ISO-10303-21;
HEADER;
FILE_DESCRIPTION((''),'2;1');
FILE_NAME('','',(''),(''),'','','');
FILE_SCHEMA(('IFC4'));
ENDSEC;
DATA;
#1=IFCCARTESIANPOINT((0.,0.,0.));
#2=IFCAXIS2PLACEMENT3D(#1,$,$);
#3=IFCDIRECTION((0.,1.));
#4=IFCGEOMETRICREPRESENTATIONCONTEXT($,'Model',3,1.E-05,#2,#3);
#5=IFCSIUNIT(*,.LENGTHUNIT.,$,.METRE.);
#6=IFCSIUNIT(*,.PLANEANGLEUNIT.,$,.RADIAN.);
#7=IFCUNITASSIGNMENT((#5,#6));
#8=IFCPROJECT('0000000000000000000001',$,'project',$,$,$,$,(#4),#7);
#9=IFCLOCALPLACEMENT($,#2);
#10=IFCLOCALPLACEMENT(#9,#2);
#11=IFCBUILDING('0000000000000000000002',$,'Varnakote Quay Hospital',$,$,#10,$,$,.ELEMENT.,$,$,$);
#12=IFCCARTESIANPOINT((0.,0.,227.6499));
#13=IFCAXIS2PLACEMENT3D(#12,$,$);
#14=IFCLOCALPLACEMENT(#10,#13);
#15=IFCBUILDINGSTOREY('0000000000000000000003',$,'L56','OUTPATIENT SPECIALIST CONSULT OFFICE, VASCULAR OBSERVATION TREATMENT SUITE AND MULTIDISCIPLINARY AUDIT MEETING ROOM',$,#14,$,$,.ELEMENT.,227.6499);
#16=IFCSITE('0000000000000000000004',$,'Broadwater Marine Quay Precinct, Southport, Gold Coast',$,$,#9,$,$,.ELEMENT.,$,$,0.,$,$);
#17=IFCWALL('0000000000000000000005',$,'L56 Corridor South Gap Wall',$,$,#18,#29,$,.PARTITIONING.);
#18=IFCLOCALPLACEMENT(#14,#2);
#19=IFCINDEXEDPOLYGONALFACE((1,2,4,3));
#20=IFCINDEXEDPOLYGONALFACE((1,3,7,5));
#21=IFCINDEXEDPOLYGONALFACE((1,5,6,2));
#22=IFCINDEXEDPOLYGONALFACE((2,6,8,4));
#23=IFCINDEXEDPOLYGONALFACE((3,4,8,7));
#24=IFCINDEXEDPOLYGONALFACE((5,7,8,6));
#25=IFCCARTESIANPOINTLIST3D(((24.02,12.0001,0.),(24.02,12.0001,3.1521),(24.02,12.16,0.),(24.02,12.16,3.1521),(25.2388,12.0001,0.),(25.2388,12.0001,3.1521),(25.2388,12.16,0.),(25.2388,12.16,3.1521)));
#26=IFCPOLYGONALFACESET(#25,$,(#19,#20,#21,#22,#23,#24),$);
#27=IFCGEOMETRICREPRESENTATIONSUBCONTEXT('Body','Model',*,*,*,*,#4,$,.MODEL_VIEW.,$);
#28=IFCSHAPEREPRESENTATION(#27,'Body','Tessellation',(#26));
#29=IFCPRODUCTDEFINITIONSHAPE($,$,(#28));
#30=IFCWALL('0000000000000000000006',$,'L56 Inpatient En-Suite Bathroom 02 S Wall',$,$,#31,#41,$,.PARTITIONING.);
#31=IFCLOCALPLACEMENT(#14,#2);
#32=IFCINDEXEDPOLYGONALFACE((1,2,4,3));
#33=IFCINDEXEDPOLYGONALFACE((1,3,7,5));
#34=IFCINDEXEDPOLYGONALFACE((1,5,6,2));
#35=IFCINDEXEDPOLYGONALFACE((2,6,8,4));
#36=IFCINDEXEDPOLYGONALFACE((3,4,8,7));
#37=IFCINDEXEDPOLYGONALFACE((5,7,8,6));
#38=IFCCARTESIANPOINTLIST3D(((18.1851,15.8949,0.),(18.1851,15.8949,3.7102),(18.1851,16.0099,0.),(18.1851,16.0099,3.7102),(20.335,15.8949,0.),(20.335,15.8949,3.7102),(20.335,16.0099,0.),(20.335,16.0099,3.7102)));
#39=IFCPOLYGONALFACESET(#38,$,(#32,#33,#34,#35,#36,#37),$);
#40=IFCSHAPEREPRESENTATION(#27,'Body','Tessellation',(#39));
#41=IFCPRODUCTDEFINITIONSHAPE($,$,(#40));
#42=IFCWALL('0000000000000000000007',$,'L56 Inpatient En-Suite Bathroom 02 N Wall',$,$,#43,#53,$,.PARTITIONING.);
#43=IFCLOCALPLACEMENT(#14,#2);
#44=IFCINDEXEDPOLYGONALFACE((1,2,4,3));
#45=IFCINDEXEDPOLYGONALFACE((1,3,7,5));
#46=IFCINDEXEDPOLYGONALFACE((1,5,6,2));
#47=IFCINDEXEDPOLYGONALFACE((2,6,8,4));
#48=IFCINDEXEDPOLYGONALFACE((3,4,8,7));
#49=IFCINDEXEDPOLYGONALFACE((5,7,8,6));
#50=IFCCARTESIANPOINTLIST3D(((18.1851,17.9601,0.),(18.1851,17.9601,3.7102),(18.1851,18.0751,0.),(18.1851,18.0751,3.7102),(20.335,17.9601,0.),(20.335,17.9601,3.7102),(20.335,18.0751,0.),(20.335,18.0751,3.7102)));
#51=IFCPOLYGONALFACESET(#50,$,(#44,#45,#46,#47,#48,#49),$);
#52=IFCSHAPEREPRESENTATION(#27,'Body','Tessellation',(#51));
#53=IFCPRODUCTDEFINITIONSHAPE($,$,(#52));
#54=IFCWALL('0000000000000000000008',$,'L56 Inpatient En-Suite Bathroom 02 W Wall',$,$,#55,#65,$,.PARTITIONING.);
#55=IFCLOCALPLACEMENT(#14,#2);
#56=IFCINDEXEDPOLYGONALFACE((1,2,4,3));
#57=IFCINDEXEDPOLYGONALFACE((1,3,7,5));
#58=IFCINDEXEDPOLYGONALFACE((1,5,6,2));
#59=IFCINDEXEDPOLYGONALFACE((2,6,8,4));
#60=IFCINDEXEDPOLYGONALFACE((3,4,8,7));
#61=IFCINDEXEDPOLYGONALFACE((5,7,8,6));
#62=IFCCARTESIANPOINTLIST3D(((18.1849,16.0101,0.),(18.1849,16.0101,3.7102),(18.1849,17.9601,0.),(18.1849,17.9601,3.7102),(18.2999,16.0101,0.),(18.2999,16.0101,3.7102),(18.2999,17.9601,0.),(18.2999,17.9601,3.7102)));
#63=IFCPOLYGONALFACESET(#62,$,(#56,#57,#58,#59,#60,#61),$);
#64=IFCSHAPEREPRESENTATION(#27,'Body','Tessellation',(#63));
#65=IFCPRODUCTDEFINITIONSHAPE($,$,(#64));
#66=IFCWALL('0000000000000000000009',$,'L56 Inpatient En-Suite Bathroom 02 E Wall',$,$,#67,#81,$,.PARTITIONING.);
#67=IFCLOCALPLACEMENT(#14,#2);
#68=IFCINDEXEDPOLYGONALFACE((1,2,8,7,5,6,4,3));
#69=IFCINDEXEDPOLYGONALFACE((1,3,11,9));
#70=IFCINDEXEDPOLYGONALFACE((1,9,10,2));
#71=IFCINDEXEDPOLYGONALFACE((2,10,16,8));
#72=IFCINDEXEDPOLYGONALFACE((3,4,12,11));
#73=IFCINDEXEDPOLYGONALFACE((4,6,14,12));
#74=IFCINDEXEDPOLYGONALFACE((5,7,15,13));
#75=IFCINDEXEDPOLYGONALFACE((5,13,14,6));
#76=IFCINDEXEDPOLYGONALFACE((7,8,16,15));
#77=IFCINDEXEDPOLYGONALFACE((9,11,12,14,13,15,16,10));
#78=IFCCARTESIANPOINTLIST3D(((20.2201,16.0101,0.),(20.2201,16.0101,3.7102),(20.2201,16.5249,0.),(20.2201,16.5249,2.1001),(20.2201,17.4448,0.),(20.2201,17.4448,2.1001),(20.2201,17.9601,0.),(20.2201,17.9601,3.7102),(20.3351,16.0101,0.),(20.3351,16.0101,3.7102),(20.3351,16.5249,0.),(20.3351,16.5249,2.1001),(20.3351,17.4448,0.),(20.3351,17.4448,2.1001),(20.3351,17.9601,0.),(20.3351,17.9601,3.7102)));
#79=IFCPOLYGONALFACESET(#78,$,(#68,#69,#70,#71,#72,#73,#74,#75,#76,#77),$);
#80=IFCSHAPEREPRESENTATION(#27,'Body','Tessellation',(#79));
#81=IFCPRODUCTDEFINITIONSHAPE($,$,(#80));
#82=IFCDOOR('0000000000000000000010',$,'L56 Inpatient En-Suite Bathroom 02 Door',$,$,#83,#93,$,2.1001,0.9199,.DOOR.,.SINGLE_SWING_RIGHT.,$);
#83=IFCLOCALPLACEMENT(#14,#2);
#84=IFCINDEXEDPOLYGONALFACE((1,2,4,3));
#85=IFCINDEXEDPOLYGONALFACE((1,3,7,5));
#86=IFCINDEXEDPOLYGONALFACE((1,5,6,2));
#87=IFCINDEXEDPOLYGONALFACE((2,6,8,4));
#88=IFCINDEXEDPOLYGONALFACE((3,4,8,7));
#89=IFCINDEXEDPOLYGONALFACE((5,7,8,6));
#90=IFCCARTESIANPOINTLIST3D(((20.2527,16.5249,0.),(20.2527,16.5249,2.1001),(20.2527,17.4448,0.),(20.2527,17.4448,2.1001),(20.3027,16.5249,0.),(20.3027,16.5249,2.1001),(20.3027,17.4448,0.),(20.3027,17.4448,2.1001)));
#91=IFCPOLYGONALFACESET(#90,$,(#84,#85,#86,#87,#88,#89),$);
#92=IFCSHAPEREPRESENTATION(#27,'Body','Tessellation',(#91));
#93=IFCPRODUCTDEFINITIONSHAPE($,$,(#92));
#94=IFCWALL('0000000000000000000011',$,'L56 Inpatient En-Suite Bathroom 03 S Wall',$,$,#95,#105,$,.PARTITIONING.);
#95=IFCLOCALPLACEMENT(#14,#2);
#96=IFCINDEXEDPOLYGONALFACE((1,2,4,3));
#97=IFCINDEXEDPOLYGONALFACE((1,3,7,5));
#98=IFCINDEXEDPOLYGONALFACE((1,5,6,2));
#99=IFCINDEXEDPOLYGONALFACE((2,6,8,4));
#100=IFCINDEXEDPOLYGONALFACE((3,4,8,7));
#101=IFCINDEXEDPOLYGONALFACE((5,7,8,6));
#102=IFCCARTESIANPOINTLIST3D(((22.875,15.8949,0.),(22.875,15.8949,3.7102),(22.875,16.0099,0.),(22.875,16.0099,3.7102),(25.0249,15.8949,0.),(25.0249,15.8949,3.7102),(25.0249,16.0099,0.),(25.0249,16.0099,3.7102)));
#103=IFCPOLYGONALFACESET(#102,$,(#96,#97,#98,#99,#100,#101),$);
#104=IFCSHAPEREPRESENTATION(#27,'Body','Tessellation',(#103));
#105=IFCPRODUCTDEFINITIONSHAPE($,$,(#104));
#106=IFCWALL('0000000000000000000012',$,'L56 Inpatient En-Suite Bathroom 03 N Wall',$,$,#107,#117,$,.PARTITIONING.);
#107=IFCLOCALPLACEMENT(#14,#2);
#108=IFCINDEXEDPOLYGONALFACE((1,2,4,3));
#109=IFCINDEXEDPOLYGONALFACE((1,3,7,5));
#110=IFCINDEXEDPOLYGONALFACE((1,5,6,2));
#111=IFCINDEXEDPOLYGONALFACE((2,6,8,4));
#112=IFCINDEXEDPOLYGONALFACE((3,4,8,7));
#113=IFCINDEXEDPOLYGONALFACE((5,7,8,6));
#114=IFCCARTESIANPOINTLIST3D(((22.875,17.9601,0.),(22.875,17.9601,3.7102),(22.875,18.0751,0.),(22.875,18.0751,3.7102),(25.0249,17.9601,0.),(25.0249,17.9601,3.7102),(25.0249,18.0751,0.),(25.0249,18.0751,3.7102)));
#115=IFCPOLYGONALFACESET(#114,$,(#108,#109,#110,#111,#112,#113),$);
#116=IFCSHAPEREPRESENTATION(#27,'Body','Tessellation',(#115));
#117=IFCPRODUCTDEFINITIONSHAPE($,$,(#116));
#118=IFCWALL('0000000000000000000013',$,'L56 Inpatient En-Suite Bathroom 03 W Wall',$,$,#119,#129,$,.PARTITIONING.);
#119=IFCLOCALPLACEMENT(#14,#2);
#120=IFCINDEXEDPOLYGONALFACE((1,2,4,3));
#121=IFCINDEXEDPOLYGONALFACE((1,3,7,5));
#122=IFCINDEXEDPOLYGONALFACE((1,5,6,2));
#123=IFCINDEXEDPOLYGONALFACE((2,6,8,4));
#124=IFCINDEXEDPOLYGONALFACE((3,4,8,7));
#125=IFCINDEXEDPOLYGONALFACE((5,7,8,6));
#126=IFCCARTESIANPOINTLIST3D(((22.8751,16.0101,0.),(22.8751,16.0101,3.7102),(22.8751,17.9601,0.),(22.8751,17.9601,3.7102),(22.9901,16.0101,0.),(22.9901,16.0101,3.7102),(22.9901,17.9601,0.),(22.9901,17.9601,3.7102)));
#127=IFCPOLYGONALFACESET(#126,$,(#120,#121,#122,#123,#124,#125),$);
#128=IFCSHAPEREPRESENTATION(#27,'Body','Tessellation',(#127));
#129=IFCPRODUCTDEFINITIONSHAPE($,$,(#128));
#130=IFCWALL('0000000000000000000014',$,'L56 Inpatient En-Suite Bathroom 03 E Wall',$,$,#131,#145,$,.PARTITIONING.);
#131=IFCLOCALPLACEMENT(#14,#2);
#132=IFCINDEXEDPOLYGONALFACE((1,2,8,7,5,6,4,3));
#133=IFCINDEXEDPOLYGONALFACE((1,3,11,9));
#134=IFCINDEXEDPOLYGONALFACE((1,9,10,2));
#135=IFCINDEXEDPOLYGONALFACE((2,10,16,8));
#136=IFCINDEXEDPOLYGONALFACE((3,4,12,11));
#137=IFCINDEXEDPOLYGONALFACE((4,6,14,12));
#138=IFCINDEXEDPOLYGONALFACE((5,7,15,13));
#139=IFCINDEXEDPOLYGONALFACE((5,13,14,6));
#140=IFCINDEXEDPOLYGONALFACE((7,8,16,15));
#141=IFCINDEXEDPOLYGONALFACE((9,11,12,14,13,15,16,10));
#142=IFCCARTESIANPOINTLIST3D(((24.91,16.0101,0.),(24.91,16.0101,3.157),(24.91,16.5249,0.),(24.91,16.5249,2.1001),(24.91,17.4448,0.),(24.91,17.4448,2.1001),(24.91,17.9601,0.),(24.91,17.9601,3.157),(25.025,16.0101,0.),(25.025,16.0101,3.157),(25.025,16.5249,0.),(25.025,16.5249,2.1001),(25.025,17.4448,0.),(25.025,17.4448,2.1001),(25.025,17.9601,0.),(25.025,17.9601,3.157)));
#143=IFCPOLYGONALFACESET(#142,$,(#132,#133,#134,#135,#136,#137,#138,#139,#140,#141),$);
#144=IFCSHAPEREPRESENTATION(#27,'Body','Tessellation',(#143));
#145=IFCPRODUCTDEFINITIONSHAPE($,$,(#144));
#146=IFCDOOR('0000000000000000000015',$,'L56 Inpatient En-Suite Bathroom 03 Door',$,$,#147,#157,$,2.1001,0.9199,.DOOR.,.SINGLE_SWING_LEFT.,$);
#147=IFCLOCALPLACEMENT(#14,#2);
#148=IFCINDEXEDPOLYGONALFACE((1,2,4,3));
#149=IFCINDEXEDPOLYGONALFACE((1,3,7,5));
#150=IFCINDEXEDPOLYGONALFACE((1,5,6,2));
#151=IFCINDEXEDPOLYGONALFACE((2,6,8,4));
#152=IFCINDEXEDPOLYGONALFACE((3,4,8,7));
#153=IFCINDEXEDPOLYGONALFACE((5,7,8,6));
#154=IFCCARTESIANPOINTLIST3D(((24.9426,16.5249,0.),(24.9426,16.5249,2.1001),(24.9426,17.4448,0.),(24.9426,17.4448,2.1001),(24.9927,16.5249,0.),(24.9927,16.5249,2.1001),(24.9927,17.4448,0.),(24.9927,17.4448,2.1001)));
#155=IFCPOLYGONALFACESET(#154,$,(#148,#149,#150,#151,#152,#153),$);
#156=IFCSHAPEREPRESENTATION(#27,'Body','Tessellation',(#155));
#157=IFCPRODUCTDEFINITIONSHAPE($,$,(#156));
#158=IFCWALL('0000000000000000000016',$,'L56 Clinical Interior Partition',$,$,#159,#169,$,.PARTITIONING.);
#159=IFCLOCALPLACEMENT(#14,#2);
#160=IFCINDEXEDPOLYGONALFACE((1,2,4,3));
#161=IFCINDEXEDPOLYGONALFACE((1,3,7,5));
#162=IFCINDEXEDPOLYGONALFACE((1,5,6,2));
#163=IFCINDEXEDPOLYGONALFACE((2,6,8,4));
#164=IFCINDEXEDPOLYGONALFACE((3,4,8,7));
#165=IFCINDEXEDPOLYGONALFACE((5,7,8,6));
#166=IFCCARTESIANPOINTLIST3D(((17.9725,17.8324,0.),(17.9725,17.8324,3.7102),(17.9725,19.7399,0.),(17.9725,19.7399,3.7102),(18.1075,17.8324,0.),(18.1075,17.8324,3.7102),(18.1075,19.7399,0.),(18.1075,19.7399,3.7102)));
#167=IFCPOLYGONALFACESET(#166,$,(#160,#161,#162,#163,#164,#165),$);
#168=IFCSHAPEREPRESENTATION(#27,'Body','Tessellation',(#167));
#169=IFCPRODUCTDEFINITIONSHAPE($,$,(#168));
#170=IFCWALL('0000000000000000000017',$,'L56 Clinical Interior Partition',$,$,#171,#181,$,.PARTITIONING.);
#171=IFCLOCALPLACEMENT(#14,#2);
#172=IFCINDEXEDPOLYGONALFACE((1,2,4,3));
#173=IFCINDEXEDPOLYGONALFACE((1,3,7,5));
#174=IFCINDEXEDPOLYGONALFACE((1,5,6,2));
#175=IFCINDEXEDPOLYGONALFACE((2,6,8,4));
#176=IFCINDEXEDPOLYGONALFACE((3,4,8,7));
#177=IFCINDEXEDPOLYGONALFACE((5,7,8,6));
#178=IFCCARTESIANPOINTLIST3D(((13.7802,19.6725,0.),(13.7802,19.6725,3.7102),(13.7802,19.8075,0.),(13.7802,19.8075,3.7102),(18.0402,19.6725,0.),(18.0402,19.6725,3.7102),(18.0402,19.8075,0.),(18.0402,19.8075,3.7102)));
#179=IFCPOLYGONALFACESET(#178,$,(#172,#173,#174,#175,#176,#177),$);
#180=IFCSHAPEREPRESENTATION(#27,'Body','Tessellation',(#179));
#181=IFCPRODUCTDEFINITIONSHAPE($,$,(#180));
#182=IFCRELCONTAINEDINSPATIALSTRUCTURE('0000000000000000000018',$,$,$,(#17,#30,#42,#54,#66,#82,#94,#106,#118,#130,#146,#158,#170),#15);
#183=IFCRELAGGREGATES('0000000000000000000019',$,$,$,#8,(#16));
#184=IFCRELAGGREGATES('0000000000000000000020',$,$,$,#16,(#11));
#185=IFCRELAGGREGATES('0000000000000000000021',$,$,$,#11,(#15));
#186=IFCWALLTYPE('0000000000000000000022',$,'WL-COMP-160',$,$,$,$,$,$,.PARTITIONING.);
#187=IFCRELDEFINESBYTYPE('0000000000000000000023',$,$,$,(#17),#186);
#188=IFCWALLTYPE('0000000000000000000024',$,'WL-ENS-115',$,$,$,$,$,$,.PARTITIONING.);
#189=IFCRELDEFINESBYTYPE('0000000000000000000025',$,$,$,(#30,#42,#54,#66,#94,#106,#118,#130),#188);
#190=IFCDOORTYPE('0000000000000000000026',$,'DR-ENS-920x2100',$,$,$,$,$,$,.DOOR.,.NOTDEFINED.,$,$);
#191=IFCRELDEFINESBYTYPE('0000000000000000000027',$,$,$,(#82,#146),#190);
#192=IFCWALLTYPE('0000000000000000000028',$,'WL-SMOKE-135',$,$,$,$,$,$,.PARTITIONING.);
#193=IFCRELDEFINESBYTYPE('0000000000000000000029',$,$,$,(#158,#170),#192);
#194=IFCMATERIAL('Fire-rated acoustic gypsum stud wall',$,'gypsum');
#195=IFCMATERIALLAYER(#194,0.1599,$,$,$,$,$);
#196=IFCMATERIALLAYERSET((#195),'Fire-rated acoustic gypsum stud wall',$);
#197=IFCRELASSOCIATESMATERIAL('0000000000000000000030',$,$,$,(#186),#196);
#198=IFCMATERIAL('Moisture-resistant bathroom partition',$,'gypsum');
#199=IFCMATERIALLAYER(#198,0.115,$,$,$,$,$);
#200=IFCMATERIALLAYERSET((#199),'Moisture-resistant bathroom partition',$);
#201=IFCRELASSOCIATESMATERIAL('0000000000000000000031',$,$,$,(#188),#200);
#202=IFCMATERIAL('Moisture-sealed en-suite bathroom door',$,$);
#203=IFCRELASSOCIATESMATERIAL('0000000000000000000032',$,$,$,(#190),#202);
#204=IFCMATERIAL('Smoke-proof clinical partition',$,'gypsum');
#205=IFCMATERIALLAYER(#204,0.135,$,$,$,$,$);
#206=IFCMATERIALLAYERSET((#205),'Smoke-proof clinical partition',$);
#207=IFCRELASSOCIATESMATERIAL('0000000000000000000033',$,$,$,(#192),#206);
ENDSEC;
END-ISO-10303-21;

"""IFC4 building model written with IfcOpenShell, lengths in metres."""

from ifc_helpers import new_model, si_unit, direction, frame, frame_2d, origin, place, context, subcontext, project, spatial, rectangle, extrude, material, layer, layer_set, type_object, element, fill, save


model = new_model("IFC4")

# Units and contexts
model_context = context("Model", 3, precision=1e-05, world=origin(), true_north=direction((0.0, 1.0)))
body_context = subcontext(model_context, "Body", "Model", "MODEL_VIEW")
ifc_project = project(units=[si_unit("LENGTHUNIT", "METRE"), si_unit("PLANEANGLEUNIT", "RADIAN")], contexts=[model_context])

# Site, building, storey
site_placement = place(None, origin())
site = spatial("IfcSite", under=ifc_project, at=site_placement, Name="Broadwater Marine Quay Precinct, Southport, Gold Coast", CompositionType="ELEMENT", RefElevation=0.0)
building_placement = place(site_placement, origin())
building = spatial("IfcBuilding", under=site, at=building_placement, Name="Varnakote Quay Hospital", CompositionType="ELEMENT")
storey_placement = place(building_placement, frame((0.0, 0.0, 227.6499)))
storey = spatial("IfcBuildingStorey", under=building, at=storey_placement, Name="L56", Description="OUTPATIENT SPECIALIST CONSULT OFFICE, VASCULAR OBSERVATION TREATMENT SUITE AND MULTIDISCIPLINARY AUDIT MEETING ROOM", CompositionType="ELEMENT", Elevation=227.6499)

# Shared definitions
ifc_material_1 = material(Name="Fire-rated acoustic gypsum stud wall", Category="gypsum")
ifc_layer_1 = layer(ifc_material_1, 0.1599)
ifc_layer_set_1 = layer_set([ifc_layer_1], Name="Fire-rated acoustic gypsum stud wall")
wall_type_1 = type_object("IfcWallType", Name="WL-COMP-160", PredefinedType="PARTITIONING", material=ifc_layer_set_1)

# Walls
wall_1_placement = place(storey_placement, frame((24.02, 12.0801, 0.0), z_axis=(0.0, 0.0, 1.0), x_axis=(1.0, 0.0, 0.0)))
element("IfcWall", 1, at=wall_1_placement, inside=storey, type_object=wall_type_1, Name="L56 Corridor South Gap Wall", PredefinedType="PARTITIONING", context=body_context, shape_type="SweptSolid", body=[
    extrude(rectangle(XDim=1.2188, YDim=0.1599, at=frame_2d((0.6094, 0.0))), origin(), (0.0, 0.0, 1.0), 3.1521),
])
ifc_material_2 = material(Name="Moisture-resistant bathroom partition", Category="gypsum")
ifc_layer_2 = layer(ifc_material_2, 0.115)
ifc_layer_set_2 = layer_set([ifc_layer_2], Name="Moisture-resistant bathroom partition")
wall_type_2 = type_object("IfcWallType", Name="WL-ENS-115", PredefinedType="PARTITIONING", material=ifc_layer_set_2)
for number, where, z_axis, x_axis, name in (
    (2, (18.1851, 15.9524, 0.0), (0.0, 0.0, 1.0), (1.0, 0.0, 0.0), "L56 Inpatient En-Suite Bathroom 02 S Wall"),
    (3, (18.1851, 18.0176, 0.0), (0.0, 0.0, 1.0), (1.0, 0.0, 0.0), "L56 Inpatient En-Suite Bathroom 02 N Wall"),
):
    element("IfcWall", number, at=place(storey_placement, frame(where, z_axis=z_axis, x_axis=x_axis)), inside=storey, type_object=wall_type_2, Name=name, PredefinedType="PARTITIONING", context=body_context, shape_type="SweptSolid", body=[
        extrude(rectangle(XDim=2.1499, YDim=0.115, at=frame_2d((1.075, 0.0))), origin(), (0.0, 0.0, 1.0), 3.7102),
    ])
wall_2_placement = place(storey_placement, frame((18.2424, 16.01, 0.0), z_axis=(0.0, 0.0, 1.0), x_axis=(0.0, 1.0, 0.0)))
element("IfcWall", 4, at=wall_2_placement, inside=storey, type_object=wall_type_2, Name="L56 Inpatient En-Suite Bathroom 02 W Wall", PredefinedType="PARTITIONING", context=body_context, shape_type="SweptSolid", body=[
    extrude(rectangle(XDim=1.95, YDim=0.115, at=frame_2d((0.9751, 0.0))), origin(), (0.0, 0.0, 1.0), 3.7102),
])

# Wall, opening, door
wall_3_placement = place(storey_placement, frame((20.2776, 16.01, 0.0), z_axis=(0.0, 0.0, 1.0), x_axis=(0.0, 1.0, 0.0)))
wall_3 = element("IfcWall", 5, at=wall_3_placement, inside=storey, type_object=wall_type_2, Name="L56 Inpatient En-Suite Bathroom 02 E Wall", PredefinedType="PARTITIONING", context=body_context, shape_type="SweptSolid", body=[
    extrude(rectangle(XDim=1.95, YDim=0.115, at=frame_2d((0.9751, 0.0))), origin(), (0.0, 0.0, 1.0), 3.7102),
])
opening_1_placement = place(wall_3_placement, frame((0.5149, 0.0, 0.0)))
opening_1 = element("IfcOpeningElement", 6, at=opening_1_placement, cuts=wall_3, PredefinedType="OPENING", context=body_context, shape_type="SweptSolid", body=[
    extrude(rectangle(XDim=0.9199, YDim=2.1001, at=frame_2d((0.46, 1.05))), frame((0.0, 0.0674, 0.0), z_axis=(0.0, -1.0, 0.0), x_axis=(1.0, 0.0, 0.0)), (0.0, 0.0, 1.0), 0.135),
])
ifc_material_3 = material(Name="Moisture-sealed en-suite bathroom door")
door_type_1 = type_object("IfcDoorType", Name="DR-ENS-920x2100", OperationType="NOTDEFINED", PredefinedType="DOOR", material=ifc_material_3)
door_1_placement = place(opening_1_placement, origin())
door_1 = element("IfcDoor", 7, at=door_1_placement, inside=storey, type_object=door_type_1, Name="L56 Inpatient En-Suite Bathroom 02 Door", OperationType="SINGLE_SWING_RIGHT", OverallHeight=2.1001, OverallWidth=0.9199, PredefinedType="DOOR", context=body_context, shape_type="SweptSolid", body=[
    extrude(rectangle(XDim=0.9199, YDim=2.1001, at=frame_2d((0.46, 1.05))), frame((0.0, 0.0249, 0.0), z_axis=(0.0, -1.0, 0.0), x_axis=(1.0, 0.0, 0.0)), (0.0, 0.0, 1.0), 0.05),
])
fill(opening_1, door_1)

# Walls
for number, where, z_axis, x_axis, name in (
    (8, (22.875, 15.9524, 0.0), (0.0, 0.0, 1.0), (1.0, 0.0, 0.0), "L56 Inpatient En-Suite Bathroom 03 S Wall"),
    (9, (22.875, 18.0176, 0.0), (0.0, 0.0, 1.0), (1.0, 0.0, 0.0), "L56 Inpatient En-Suite Bathroom 03 N Wall"),
):
    element("IfcWall", number, at=place(storey_placement, frame(where, z_axis=z_axis, x_axis=x_axis)), inside=storey, type_object=wall_type_2, Name=name, PredefinedType="PARTITIONING", context=body_context, shape_type="SweptSolid", body=[
        extrude(rectangle(XDim=2.1499, YDim=0.115, at=frame_2d((1.075, 0.0))), origin(), (0.0, 0.0, 1.0), 3.7102),
    ])
wall_4_placement = place(storey_placement, frame((22.9326, 16.01, 0.0), z_axis=(0.0, 0.0, 1.0), x_axis=(0.0, 1.0, 0.0)))
element("IfcWall", 10, at=wall_4_placement, inside=storey, type_object=wall_type_2, Name="L56 Inpatient En-Suite Bathroom 03 W Wall", PredefinedType="PARTITIONING", context=body_context, shape_type="SweptSolid", body=[
    extrude(rectangle(XDim=1.95, YDim=0.115, at=frame_2d((0.9751, 0.0))), origin(), (0.0, 0.0, 1.0), 3.7102),
])

# Wall, opening, door
wall_5_placement = place(storey_placement, frame((24.9675, 16.01, 0.0), z_axis=(0.0, 0.0, 1.0), x_axis=(0.0, 1.0, 0.0)))
wall_5 = element("IfcWall", 11, at=wall_5_placement, inside=storey, type_object=wall_type_2, Name="L56 Inpatient En-Suite Bathroom 03 E Wall", PredefinedType="PARTITIONING", context=body_context, shape_type="SweptSolid", body=[
    extrude(rectangle(XDim=1.95, YDim=0.115, at=frame_2d((0.9751, 0.0))), origin(), (0.0, 0.0, 1.0), 3.157),
])
opening_2_placement = place(wall_5_placement, frame((0.5149, 0.0, 0.0)))
opening_2 = element("IfcOpeningElement", 12, at=opening_2_placement, cuts=wall_5, PredefinedType="OPENING", context=body_context, shape_type="SweptSolid", body=[
    extrude(rectangle(XDim=0.9199, YDim=2.1001, at=frame_2d((0.46, 1.05))), frame((0.0, 0.0674, 0.0), z_axis=(0.0, -1.0, 0.0), x_axis=(1.0, 0.0, 0.0)), (0.0, 0.0, 1.0), 0.135),
])
door_2_placement = place(opening_2_placement, origin())
door_2 = element("IfcDoor", 13, at=door_2_placement, inside=storey, type_object=door_type_1, Name="L56 Inpatient En-Suite Bathroom 03 Door", OperationType="SINGLE_SWING_LEFT", OverallHeight=2.1001, OverallWidth=0.9199, PredefinedType="DOOR", context=body_context, shape_type="SweptSolid", body=[
    extrude(rectangle(XDim=0.9199, YDim=2.1001, at=frame_2d((0.46, 1.05))), frame((0.0, 0.0249, 0.0), z_axis=(0.0, -1.0, 0.0), x_axis=(1.0, 0.0, 0.0)), (0.0, 0.0, 1.0), 0.05),
])
fill(opening_2, door_2)

# Walls
ifc_material_4 = material(Name="Smoke-proof clinical partition", Category="gypsum")
ifc_layer_3 = layer(ifc_material_4, 0.135)
ifc_layer_set_3 = layer_set([ifc_layer_3], Name="Smoke-proof clinical partition")
wall_type_3 = type_object("IfcWallType", Name="WL-SMOKE-135", PredefinedType="PARTITIONING", material=ifc_layer_set_3)
wall_6_placement = place(storey_placement, frame((18.04, 17.8325, 0.0), z_axis=(0.0, 0.0, 1.0), x_axis=(0.0, 1.0, 0.0)))
element("IfcWall", 14, at=wall_6_placement, inside=storey, type_object=wall_type_3, Name="L56 Clinical Interior Partition", PredefinedType="PARTITIONING", context=body_context, shape_type="SweptSolid", body=[
    extrude(rectangle(XDim=1.9075, YDim=0.135, at=frame_2d((0.9536, 0.0))), origin(), (0.0, 0.0, 1.0), 3.7102),
])
wall_7_placement = place(storey_placement, frame((18.04, 19.74, 0.0), z_axis=(0.0, 0.0, 1.0), x_axis=(-1.0, 0.0, 0.0)))
element("IfcWall", 15, at=wall_7_placement, inside=storey, type_object=wall_type_3, Name="L56 Clinical Interior Partition", PredefinedType="PARTITIONING", context=body_context, shape_type="SweptSolid", body=[
    extrude(rectangle(XDim=4.26, YDim=0.135, at=frame_2d((2.1299, 0.0))), origin(), (0.0, 0.0, 1.0), 3.7102),
])

save(model, "model.ifc")
